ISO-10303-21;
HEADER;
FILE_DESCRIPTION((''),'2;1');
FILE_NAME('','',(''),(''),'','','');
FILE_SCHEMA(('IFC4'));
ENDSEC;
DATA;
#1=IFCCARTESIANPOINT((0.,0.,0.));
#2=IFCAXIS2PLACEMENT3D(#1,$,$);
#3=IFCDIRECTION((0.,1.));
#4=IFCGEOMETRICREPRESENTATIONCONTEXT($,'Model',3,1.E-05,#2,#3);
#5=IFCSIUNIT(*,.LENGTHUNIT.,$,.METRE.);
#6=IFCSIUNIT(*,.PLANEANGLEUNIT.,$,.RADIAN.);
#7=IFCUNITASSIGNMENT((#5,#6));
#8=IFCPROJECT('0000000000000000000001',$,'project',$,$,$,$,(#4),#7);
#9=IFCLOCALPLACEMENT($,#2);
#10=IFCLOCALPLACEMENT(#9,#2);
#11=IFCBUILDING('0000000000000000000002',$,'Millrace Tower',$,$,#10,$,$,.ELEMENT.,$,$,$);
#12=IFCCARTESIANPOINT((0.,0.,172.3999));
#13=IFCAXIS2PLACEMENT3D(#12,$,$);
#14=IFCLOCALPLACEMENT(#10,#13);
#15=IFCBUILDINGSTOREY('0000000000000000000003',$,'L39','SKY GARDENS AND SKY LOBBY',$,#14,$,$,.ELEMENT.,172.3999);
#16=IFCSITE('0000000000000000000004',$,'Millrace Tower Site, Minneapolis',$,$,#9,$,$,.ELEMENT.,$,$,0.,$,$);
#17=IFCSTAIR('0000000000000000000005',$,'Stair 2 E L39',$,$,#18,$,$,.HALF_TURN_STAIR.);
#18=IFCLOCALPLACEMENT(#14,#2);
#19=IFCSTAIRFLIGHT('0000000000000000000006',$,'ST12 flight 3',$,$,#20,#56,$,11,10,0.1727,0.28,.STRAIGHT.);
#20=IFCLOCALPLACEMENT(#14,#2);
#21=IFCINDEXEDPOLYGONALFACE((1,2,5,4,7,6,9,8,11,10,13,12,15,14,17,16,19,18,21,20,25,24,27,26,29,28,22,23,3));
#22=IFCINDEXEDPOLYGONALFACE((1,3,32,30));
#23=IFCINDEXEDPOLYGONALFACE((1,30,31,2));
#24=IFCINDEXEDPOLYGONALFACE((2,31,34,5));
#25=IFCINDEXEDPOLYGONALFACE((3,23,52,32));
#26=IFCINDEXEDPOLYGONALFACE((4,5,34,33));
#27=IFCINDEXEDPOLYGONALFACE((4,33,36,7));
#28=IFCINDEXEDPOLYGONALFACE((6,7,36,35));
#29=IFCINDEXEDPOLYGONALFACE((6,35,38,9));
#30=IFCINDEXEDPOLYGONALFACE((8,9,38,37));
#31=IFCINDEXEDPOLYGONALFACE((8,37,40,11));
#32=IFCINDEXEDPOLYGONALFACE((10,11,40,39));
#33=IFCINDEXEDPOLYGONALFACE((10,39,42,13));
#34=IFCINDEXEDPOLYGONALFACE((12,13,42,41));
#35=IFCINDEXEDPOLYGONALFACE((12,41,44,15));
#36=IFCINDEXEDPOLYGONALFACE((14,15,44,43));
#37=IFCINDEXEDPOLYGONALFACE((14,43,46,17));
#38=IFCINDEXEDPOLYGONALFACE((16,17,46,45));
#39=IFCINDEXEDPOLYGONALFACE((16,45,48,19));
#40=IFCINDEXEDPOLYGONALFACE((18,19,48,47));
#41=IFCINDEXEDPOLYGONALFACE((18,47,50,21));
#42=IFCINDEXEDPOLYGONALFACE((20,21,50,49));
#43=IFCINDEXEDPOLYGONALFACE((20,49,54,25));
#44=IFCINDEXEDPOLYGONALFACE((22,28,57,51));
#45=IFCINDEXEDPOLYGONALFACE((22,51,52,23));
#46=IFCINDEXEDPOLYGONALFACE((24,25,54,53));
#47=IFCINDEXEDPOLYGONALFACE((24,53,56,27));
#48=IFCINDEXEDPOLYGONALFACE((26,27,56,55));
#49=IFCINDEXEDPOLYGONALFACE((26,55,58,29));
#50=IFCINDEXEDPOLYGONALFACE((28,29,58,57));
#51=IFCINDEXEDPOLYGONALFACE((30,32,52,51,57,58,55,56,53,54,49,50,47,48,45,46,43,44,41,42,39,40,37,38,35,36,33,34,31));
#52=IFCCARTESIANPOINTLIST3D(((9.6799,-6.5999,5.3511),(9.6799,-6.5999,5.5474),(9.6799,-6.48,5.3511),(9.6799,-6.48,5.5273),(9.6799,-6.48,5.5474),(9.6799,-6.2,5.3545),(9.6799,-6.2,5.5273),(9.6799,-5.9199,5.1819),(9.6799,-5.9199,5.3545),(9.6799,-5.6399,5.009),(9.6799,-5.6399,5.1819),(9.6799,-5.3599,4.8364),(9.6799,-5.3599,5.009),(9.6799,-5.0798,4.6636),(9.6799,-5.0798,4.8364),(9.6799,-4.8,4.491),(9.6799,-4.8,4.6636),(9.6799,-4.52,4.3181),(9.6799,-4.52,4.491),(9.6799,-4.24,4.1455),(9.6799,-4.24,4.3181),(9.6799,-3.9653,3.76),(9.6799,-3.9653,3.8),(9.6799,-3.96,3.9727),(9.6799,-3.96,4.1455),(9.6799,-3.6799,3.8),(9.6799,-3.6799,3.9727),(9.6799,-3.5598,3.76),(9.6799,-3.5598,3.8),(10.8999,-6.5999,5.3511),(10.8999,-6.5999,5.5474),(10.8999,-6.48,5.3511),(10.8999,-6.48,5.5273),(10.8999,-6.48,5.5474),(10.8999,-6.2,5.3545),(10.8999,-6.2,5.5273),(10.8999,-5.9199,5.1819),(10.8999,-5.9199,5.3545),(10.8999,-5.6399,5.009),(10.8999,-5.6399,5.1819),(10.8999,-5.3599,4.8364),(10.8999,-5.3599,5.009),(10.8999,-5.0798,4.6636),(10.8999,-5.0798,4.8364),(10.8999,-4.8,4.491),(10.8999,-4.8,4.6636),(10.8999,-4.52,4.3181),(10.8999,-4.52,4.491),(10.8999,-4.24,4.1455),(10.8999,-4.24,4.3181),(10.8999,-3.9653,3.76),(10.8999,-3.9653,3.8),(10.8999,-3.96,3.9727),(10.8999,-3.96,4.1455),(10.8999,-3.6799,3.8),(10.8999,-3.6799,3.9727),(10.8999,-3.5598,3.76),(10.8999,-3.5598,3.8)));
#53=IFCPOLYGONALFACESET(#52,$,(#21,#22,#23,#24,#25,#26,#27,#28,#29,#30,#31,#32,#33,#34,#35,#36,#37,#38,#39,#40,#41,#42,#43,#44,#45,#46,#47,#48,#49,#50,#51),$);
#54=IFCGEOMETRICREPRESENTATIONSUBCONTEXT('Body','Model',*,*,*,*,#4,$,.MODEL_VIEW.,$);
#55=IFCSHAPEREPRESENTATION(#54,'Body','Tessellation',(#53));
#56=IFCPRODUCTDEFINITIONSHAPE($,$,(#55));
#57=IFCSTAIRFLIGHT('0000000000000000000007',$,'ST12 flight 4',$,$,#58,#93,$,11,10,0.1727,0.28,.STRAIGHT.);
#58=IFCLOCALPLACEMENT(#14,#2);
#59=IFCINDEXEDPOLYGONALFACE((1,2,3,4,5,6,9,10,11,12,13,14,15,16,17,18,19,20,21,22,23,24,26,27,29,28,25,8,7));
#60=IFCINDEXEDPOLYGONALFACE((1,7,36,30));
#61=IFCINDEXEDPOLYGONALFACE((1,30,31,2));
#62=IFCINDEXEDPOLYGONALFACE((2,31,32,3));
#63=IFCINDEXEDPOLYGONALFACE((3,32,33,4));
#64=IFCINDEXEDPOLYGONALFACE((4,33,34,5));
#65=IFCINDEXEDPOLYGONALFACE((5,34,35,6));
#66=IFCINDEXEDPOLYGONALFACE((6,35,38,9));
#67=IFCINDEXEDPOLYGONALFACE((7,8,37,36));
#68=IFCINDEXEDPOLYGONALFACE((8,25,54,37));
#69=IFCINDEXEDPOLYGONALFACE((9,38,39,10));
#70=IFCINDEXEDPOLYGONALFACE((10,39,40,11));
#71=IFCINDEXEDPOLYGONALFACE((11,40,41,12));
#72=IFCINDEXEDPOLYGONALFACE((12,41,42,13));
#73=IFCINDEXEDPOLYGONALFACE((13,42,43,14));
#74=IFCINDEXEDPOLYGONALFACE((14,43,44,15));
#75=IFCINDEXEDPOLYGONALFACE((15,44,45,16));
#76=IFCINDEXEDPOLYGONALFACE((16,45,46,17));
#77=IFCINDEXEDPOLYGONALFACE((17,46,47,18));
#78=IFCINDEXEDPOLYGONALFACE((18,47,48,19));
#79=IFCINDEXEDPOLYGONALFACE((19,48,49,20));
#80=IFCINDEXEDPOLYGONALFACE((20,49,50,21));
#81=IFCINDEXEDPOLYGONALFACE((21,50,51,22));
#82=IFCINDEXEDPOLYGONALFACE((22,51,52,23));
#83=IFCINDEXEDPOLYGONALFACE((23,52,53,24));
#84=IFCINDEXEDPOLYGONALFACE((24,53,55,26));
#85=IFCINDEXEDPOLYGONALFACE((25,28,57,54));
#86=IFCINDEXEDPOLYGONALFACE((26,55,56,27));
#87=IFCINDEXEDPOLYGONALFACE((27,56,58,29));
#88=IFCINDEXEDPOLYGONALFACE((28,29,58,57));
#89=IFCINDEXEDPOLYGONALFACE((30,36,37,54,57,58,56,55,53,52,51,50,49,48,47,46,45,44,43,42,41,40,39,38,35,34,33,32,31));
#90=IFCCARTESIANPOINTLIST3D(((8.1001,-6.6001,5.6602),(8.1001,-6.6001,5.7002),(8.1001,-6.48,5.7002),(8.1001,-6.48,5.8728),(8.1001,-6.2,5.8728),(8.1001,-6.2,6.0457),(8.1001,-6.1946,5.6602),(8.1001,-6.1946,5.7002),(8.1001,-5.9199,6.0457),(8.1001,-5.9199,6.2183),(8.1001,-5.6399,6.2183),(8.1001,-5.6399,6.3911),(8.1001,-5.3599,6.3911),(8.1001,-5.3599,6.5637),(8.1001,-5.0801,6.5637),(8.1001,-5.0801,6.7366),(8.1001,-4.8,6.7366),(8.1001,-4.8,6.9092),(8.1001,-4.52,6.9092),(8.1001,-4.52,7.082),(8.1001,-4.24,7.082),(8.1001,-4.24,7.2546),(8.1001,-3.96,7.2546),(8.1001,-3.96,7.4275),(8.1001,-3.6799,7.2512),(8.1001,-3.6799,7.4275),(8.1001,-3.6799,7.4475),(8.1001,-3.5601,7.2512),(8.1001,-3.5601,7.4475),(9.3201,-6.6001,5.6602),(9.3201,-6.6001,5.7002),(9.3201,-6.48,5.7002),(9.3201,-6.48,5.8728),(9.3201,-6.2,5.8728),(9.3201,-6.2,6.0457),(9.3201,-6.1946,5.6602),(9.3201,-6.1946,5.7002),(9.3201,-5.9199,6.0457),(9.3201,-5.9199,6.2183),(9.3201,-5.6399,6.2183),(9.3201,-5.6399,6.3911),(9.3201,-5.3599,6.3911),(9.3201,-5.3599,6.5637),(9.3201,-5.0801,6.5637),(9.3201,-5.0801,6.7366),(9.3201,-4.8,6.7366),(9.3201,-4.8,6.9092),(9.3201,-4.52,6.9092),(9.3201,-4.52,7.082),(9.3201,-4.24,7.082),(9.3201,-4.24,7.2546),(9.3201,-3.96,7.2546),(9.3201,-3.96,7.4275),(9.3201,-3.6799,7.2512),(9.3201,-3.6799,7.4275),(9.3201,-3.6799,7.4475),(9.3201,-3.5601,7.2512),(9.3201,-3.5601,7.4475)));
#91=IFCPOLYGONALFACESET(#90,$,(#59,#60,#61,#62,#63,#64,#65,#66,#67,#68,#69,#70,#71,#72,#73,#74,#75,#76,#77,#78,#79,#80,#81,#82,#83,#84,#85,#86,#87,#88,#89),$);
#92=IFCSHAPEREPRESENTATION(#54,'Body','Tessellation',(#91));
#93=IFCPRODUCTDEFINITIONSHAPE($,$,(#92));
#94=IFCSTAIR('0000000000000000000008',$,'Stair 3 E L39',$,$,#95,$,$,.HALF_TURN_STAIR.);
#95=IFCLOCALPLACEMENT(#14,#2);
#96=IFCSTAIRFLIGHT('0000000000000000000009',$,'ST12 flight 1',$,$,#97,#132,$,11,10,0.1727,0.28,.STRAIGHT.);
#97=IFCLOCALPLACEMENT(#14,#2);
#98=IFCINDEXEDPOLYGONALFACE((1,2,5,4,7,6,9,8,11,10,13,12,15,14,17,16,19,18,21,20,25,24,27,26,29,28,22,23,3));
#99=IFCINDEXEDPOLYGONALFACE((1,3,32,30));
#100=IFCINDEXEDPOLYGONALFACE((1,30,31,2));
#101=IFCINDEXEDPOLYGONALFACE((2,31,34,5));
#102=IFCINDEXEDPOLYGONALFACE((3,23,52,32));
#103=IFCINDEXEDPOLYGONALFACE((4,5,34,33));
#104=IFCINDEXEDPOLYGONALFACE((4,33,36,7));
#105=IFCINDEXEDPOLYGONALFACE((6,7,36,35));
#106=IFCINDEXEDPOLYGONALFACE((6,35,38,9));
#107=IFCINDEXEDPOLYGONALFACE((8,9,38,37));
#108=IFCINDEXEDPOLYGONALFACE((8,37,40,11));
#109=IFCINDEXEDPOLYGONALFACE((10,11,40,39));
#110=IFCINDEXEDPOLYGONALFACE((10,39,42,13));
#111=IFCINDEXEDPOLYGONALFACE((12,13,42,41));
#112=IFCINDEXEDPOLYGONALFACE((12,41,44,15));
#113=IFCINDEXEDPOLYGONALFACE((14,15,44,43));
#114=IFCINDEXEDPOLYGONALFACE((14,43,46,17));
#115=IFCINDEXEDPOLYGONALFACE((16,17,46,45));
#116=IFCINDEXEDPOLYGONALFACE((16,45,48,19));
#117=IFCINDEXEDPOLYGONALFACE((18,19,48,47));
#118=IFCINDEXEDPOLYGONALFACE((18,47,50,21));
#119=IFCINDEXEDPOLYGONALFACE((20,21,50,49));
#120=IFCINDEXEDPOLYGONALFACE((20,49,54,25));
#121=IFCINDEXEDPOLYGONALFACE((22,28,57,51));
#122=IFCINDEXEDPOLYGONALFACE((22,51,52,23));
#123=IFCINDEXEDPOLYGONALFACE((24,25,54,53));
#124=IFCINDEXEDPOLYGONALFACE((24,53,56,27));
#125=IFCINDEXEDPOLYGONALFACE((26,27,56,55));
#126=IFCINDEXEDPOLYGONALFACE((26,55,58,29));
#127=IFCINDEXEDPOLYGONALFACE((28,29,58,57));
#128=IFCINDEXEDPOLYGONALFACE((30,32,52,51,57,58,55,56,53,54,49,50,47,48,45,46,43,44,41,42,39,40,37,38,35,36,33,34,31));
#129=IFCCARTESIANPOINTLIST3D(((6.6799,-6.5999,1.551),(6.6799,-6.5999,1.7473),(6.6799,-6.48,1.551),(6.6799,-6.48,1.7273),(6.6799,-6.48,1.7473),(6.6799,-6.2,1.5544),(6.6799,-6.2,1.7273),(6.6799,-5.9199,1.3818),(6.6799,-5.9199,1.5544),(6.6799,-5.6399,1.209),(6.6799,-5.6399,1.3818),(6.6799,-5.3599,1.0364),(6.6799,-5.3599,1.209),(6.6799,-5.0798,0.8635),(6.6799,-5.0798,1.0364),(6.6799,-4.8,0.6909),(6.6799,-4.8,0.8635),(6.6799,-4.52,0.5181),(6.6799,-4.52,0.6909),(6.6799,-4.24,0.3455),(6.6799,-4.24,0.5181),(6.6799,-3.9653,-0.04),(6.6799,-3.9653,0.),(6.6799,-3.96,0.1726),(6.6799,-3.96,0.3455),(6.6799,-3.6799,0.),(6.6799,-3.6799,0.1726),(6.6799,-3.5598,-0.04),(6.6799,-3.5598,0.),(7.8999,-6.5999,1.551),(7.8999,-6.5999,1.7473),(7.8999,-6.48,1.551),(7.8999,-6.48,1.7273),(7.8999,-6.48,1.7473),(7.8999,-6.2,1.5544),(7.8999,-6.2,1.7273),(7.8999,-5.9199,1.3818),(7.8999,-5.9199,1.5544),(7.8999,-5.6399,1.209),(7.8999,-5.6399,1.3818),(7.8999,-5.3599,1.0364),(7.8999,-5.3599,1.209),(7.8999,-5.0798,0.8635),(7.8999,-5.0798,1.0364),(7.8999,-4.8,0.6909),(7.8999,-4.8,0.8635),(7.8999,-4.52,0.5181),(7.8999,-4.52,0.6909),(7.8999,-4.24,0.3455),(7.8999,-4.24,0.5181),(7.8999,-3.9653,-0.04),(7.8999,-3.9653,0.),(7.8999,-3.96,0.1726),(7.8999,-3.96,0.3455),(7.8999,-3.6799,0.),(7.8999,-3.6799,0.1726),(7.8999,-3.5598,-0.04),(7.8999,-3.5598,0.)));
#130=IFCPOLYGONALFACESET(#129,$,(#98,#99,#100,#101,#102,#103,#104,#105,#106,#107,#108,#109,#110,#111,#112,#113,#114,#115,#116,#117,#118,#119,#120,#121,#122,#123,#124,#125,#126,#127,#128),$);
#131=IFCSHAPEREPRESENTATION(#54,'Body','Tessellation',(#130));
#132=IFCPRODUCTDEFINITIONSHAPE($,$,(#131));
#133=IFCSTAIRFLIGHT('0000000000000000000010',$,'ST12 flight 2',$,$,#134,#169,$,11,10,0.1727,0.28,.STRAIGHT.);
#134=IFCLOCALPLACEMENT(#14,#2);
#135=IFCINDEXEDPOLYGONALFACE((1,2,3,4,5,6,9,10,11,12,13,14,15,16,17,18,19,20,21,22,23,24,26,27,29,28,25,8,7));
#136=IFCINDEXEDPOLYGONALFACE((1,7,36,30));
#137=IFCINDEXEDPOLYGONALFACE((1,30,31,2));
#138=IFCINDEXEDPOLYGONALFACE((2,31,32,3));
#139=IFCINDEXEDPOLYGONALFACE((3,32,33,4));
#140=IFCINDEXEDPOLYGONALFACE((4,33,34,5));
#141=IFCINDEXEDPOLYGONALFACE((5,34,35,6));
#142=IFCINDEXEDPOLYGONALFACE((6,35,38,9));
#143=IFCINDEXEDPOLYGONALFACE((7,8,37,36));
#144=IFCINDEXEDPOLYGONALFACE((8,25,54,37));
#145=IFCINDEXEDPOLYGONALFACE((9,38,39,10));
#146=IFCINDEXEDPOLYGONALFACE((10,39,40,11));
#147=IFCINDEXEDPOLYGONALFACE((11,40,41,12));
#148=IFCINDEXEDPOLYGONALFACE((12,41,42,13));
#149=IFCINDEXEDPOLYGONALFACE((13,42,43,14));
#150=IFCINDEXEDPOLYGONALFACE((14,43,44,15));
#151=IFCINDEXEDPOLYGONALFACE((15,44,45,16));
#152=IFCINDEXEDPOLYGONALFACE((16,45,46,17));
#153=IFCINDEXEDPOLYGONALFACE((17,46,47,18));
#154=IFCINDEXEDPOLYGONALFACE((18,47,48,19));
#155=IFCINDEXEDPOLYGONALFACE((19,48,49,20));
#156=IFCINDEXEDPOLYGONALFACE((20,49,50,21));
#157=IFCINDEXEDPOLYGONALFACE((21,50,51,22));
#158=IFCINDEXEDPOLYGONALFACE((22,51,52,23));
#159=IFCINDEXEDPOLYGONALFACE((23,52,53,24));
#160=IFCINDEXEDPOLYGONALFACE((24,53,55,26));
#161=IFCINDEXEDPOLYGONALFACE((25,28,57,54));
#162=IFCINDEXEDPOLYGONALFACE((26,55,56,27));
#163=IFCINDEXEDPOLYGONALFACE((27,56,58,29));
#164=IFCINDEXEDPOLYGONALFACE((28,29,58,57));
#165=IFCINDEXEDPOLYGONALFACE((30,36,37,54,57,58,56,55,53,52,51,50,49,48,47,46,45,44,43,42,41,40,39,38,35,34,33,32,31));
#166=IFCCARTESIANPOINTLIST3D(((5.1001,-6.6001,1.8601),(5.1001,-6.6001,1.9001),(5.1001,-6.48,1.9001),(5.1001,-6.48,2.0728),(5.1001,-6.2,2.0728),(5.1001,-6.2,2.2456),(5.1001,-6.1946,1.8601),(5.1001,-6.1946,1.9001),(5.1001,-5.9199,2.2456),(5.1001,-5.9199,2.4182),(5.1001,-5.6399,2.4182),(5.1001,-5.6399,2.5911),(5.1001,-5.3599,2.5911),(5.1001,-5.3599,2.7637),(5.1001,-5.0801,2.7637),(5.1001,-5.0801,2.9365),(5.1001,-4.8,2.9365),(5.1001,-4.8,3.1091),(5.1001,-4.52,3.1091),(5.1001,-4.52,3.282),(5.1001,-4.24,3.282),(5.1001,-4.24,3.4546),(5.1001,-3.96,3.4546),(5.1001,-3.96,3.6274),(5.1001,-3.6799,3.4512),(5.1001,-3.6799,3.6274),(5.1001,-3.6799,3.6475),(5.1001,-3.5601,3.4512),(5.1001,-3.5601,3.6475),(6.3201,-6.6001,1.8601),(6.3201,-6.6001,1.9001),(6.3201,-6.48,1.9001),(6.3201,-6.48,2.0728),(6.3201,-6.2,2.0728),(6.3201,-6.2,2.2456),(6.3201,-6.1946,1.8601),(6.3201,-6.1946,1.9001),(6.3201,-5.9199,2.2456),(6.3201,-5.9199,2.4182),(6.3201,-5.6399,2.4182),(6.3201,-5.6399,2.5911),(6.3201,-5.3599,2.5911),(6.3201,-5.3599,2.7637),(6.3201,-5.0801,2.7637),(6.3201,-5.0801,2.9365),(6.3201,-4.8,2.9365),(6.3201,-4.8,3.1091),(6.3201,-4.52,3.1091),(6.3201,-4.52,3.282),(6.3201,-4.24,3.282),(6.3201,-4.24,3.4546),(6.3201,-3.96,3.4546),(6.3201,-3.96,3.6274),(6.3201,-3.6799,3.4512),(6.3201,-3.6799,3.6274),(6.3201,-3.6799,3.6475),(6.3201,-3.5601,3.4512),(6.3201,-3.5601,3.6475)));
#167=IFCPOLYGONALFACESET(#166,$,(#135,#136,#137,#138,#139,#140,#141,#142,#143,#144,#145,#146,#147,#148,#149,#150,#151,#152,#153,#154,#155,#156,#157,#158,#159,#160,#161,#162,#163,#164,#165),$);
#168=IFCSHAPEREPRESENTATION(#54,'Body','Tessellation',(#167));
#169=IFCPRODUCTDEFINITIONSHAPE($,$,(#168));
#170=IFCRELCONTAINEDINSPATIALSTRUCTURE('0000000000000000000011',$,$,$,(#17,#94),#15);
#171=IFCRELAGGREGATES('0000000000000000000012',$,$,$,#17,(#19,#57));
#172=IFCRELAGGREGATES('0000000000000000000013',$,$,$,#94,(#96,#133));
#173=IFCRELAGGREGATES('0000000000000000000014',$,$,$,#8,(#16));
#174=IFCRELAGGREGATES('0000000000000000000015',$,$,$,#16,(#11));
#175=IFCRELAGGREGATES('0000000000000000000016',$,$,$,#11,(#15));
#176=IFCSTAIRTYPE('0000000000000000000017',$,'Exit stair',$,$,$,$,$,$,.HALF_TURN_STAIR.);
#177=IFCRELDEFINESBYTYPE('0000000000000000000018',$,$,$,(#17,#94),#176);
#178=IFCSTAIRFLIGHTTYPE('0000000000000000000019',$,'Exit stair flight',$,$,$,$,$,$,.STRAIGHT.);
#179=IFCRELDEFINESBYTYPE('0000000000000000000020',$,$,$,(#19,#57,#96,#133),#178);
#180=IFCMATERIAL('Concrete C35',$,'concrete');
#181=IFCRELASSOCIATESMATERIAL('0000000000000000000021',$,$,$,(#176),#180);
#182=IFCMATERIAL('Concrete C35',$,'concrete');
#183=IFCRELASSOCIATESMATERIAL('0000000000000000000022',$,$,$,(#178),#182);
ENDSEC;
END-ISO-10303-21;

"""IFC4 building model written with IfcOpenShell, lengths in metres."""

from ifc_helpers import new_model, si_unit, direction, frame, origin, place, context, subcontext, project, spatial, polyline, outline, extrude, material, type_object, element, aggregate, save


model = new_model("IFC4")

# Units and contexts
model_context = context("Model", 3, precision=1e-05, world=origin(), true_north=direction((0.0, 1.0)))
body_context = subcontext(model_context, "Body", "Model", "MODEL_VIEW")
ifc_project = project(units=[si_unit("LENGTHUNIT", "METRE"), si_unit("PLANEANGLEUNIT", "RADIAN")], contexts=[model_context])

# Site, building, storey
site_placement = place(None, origin())
site = spatial("IfcSite", under=ifc_project, at=site_placement, Name="Millrace Tower Site, Minneapolis", CompositionType="ELEMENT", RefElevation=0.0)
building_placement = place(site_placement, origin())
building = spatial("IfcBuilding", under=site, at=building_placement, Name="Millrace Tower", CompositionType="ELEMENT")
storey_placement = place(building_placement, frame((0.0, 0.0, 172.3999)))
storey = spatial("IfcBuildingStorey", under=building, at=storey_placement, Name="L39", Description="SKY GARDENS AND SKY LOBBY", CompositionType="ELEMENT", Elevation=172.3999)

# Shared definitions
placement = place(storey_placement, origin())

# Stairs, stair flights
ifc_material_1 = material(Name="Concrete C35", Category="concrete")
stair_type = type_object("IfcStairType", Name="Exit stair", PredefinedType="HALF_TURN_STAIR", material=ifc_material_1)
stair_1 = element("IfcStair", 1, at=placement, inside=storey, type_object=stair_type, Name="Stair 2 E L39", PredefinedType="HALF_TURN_STAIR")
ifc_material_2 = material(Name="Concrete C35", Category="concrete")
stair_flight_type = type_object("IfcStairFlightType", Name="Exit stair flight", PredefinedType="STRAIGHT", material=ifc_material_2)
stair_flight_1_placement = place(storey_placement, frame((10.29, -3.6799, 3.8), z_axis=(0.0, 0.0, 1.0), x_axis=(0.0, -1.0, 0.0)))
stair_flight_1 = element("IfcStairFlight", 2, at=stair_flight_1_placement, type_object=stair_flight_type, Name="ST12 flight 3", NumberOfRisers=11, NumberOfTreads=10, PredefinedType="STRAIGHT", RiserHeight=0.1727, TreadLength=0.28, context=body_context, shape_type="SweptSolid", body=[
    extrude(outline(polyline([(-0.1201, -0.04), (-0.1201, 0.0), (0.0, 0.0), (0.0, 0.1726), (0.28, 0.1726), (0.28, 0.3455), (0.5601, 0.3455), (0.5601, 0.5181), (0.8401, 0.5181), (0.8401, 0.6909), (1.1201, 0.6909), (1.1201, 0.8635), (1.3999, 0.8635), (1.3999, 1.0364), (1.6799, 1.0364), (1.6799, 1.209), (1.96, 1.209), (1.96, 1.3818), (2.24, 1.3818), (2.24, 1.5544), (2.52, 1.5544), (2.52, 1.7273), (2.8, 1.7273), (2.8, 1.7473), (2.9199, 1.7473), (2.9199, 1.551), (2.8, 1.551), (0.2854, 0.0), (0.2854, -0.04), (-0.1201, -0.04)])), frame((0.0, 0.6099, 0.0), z_axis=(0.0, -1.0, 0.0), x_axis=(1.0, 0.0, 0.0)), (0.0, 0.0, 1.0), 1.22),
])
stair_flight_2_placement = place(storey_placement, frame((8.71, -6.48, 5.7002), z_axis=(0.0, 0.0, 1.0), x_axis=(0.0, 1.0, 0.0)))
stair_flight_2 = element("IfcStairFlight", 3, at=stair_flight_2_placement, type_object=stair_flight_type, Name="ST12 flight 4", NumberOfRisers=11, NumberOfTreads=10, PredefinedType="STRAIGHT", RiserHeight=0.1727, TreadLength=0.28, context=body_context, shape_type="SweptSolid", body=[
    extrude(outline(polyline([(-0.1201, -0.04), (-0.1201, 0.0), (0.0, 0.0), (0.0, 0.1726), (0.28, 0.1726), (0.28, 0.3455), (0.5601, 0.3455), (0.5601, 0.5181), (0.8401, 0.5181), (0.8401, 0.6909), (1.1201, 0.6909), (1.1201, 0.8635), (1.3999, 0.8635), (1.3999, 1.0364), (1.6799, 1.0364), (1.6799, 1.209), (1.96, 1.209), (1.96, 1.3818), (2.24, 1.3818), (2.24, 1.5544), (2.52, 1.5544), (2.52, 1.7273), (2.8, 1.7273), (2.8, 1.7473), (2.9199, 1.7473), (2.9199, 1.551), (2.8, 1.551), (0.2854, 0.0), (0.2854, -0.04), (-0.1201, -0.04)])), frame((0.0, 0.6099, 0.0), z_axis=(0.0, -1.0, 0.0), x_axis=(1.0, 0.0, 0.0)), (0.0, 0.0, 1.0), 1.22),
])
aggregate(stair_1, [stair_flight_1, stair_flight_2])
stair_2 = element("IfcStair", 4, at=placement, inside=storey, type_object=stair_type, Name="Stair 3 E L39", PredefinedType="HALF_TURN_STAIR")
stair_flight_3_placement = place(storey_placement, frame((7.29, -3.6799, 0.0), z_axis=(0.0, 0.0, 1.0), x_axis=(0.0, -1.0, 0.0)))
stair_flight_3 = element("IfcStairFlight", 5, at=stair_flight_3_placement, type_object=stair_flight_type, Name="ST12 flight 1", NumberOfRisers=11, NumberOfTreads=10, PredefinedType="STRAIGHT", RiserHeight=0.1727, TreadLength=0.28, context=body_context, shape_type="SweptSolid", body=[
    extrude(outline(polyline([(-0.1201, -0.04), (-0.1201, 0.0), (0.0, 0.0), (0.0, 0.1726), (0.28, 0.1726), (0.28, 0.3455), (0.5601, 0.3455), (0.5601, 0.5181), (0.8401, 0.5181), (0.8401, 0.6909), (1.1201, 0.6909), (1.1201, 0.8635), (1.3999, 0.8635), (1.3999, 1.0364), (1.6799, 1.0364), (1.6799, 1.209), (1.96, 1.209), (1.96, 1.3818), (2.24, 1.3818), (2.24, 1.5544), (2.52, 1.5544), (2.52, 1.7273), (2.8, 1.7273), (2.8, 1.7473), (2.9199, 1.7473), (2.9199, 1.551), (2.8, 1.551), (0.2854, 0.0), (0.2854, -0.04), (-0.1201, -0.04)])), frame((0.0, 0.6099, 0.0), z_axis=(0.0, -1.0, 0.0), x_axis=(1.0, 0.0, 0.0)), (0.0, 0.0, 1.0), 1.22),
])
stair_flight_4_placement = place(storey_placement, frame((5.71, -6.48, 1.9001), z_axis=(0.0, 0.0, 1.0), x_axis=(0.0, 1.0, 0.0)))
stair_flight_4 = element("IfcStairFlight", 6, at=stair_flight_4_placement, type_object=stair_flight_type, Name="ST12 flight 2", NumberOfRisers=11, NumberOfTreads=10, PredefinedType="STRAIGHT", RiserHeight=0.1727, TreadLength=0.28, context=body_context, shape_type="SweptSolid", body=[
    extrude(outline(polyline([(-0.1201, -0.04), (-0.1201, 0.0), (0.0, 0.0), (0.0, 0.1726), (0.28, 0.1726), (0.28, 0.3455), (0.5601, 0.3455), (0.5601, 0.5181), (0.8401, 0.5181), (0.8401, 0.6909), (1.1201, 0.6909), (1.1201, 0.8635), (1.3999, 0.8635), (1.3999, 1.0364), (1.6799, 1.0364), (1.6799, 1.209), (1.96, 1.209), (1.96, 1.3818), (2.24, 1.3818), (2.24, 1.5544), (2.52, 1.5544), (2.52, 1.7273), (2.8, 1.7273), (2.8, 1.7473), (2.9199, 1.7473), (2.9199, 1.551), (2.8, 1.551), (0.2854, 0.0), (0.2854, -0.04), (-0.1201, -0.04)])), frame((0.0, 0.6099, 0.0), z_axis=(0.0, -1.0, 0.0), x_axis=(1.0, 0.0, 0.0)), (0.0, 0.0, 1.0), 1.22),
])
aggregate(stair_2, [stair_flight_3, stair_flight_4])

save(model, "model.ifc")
